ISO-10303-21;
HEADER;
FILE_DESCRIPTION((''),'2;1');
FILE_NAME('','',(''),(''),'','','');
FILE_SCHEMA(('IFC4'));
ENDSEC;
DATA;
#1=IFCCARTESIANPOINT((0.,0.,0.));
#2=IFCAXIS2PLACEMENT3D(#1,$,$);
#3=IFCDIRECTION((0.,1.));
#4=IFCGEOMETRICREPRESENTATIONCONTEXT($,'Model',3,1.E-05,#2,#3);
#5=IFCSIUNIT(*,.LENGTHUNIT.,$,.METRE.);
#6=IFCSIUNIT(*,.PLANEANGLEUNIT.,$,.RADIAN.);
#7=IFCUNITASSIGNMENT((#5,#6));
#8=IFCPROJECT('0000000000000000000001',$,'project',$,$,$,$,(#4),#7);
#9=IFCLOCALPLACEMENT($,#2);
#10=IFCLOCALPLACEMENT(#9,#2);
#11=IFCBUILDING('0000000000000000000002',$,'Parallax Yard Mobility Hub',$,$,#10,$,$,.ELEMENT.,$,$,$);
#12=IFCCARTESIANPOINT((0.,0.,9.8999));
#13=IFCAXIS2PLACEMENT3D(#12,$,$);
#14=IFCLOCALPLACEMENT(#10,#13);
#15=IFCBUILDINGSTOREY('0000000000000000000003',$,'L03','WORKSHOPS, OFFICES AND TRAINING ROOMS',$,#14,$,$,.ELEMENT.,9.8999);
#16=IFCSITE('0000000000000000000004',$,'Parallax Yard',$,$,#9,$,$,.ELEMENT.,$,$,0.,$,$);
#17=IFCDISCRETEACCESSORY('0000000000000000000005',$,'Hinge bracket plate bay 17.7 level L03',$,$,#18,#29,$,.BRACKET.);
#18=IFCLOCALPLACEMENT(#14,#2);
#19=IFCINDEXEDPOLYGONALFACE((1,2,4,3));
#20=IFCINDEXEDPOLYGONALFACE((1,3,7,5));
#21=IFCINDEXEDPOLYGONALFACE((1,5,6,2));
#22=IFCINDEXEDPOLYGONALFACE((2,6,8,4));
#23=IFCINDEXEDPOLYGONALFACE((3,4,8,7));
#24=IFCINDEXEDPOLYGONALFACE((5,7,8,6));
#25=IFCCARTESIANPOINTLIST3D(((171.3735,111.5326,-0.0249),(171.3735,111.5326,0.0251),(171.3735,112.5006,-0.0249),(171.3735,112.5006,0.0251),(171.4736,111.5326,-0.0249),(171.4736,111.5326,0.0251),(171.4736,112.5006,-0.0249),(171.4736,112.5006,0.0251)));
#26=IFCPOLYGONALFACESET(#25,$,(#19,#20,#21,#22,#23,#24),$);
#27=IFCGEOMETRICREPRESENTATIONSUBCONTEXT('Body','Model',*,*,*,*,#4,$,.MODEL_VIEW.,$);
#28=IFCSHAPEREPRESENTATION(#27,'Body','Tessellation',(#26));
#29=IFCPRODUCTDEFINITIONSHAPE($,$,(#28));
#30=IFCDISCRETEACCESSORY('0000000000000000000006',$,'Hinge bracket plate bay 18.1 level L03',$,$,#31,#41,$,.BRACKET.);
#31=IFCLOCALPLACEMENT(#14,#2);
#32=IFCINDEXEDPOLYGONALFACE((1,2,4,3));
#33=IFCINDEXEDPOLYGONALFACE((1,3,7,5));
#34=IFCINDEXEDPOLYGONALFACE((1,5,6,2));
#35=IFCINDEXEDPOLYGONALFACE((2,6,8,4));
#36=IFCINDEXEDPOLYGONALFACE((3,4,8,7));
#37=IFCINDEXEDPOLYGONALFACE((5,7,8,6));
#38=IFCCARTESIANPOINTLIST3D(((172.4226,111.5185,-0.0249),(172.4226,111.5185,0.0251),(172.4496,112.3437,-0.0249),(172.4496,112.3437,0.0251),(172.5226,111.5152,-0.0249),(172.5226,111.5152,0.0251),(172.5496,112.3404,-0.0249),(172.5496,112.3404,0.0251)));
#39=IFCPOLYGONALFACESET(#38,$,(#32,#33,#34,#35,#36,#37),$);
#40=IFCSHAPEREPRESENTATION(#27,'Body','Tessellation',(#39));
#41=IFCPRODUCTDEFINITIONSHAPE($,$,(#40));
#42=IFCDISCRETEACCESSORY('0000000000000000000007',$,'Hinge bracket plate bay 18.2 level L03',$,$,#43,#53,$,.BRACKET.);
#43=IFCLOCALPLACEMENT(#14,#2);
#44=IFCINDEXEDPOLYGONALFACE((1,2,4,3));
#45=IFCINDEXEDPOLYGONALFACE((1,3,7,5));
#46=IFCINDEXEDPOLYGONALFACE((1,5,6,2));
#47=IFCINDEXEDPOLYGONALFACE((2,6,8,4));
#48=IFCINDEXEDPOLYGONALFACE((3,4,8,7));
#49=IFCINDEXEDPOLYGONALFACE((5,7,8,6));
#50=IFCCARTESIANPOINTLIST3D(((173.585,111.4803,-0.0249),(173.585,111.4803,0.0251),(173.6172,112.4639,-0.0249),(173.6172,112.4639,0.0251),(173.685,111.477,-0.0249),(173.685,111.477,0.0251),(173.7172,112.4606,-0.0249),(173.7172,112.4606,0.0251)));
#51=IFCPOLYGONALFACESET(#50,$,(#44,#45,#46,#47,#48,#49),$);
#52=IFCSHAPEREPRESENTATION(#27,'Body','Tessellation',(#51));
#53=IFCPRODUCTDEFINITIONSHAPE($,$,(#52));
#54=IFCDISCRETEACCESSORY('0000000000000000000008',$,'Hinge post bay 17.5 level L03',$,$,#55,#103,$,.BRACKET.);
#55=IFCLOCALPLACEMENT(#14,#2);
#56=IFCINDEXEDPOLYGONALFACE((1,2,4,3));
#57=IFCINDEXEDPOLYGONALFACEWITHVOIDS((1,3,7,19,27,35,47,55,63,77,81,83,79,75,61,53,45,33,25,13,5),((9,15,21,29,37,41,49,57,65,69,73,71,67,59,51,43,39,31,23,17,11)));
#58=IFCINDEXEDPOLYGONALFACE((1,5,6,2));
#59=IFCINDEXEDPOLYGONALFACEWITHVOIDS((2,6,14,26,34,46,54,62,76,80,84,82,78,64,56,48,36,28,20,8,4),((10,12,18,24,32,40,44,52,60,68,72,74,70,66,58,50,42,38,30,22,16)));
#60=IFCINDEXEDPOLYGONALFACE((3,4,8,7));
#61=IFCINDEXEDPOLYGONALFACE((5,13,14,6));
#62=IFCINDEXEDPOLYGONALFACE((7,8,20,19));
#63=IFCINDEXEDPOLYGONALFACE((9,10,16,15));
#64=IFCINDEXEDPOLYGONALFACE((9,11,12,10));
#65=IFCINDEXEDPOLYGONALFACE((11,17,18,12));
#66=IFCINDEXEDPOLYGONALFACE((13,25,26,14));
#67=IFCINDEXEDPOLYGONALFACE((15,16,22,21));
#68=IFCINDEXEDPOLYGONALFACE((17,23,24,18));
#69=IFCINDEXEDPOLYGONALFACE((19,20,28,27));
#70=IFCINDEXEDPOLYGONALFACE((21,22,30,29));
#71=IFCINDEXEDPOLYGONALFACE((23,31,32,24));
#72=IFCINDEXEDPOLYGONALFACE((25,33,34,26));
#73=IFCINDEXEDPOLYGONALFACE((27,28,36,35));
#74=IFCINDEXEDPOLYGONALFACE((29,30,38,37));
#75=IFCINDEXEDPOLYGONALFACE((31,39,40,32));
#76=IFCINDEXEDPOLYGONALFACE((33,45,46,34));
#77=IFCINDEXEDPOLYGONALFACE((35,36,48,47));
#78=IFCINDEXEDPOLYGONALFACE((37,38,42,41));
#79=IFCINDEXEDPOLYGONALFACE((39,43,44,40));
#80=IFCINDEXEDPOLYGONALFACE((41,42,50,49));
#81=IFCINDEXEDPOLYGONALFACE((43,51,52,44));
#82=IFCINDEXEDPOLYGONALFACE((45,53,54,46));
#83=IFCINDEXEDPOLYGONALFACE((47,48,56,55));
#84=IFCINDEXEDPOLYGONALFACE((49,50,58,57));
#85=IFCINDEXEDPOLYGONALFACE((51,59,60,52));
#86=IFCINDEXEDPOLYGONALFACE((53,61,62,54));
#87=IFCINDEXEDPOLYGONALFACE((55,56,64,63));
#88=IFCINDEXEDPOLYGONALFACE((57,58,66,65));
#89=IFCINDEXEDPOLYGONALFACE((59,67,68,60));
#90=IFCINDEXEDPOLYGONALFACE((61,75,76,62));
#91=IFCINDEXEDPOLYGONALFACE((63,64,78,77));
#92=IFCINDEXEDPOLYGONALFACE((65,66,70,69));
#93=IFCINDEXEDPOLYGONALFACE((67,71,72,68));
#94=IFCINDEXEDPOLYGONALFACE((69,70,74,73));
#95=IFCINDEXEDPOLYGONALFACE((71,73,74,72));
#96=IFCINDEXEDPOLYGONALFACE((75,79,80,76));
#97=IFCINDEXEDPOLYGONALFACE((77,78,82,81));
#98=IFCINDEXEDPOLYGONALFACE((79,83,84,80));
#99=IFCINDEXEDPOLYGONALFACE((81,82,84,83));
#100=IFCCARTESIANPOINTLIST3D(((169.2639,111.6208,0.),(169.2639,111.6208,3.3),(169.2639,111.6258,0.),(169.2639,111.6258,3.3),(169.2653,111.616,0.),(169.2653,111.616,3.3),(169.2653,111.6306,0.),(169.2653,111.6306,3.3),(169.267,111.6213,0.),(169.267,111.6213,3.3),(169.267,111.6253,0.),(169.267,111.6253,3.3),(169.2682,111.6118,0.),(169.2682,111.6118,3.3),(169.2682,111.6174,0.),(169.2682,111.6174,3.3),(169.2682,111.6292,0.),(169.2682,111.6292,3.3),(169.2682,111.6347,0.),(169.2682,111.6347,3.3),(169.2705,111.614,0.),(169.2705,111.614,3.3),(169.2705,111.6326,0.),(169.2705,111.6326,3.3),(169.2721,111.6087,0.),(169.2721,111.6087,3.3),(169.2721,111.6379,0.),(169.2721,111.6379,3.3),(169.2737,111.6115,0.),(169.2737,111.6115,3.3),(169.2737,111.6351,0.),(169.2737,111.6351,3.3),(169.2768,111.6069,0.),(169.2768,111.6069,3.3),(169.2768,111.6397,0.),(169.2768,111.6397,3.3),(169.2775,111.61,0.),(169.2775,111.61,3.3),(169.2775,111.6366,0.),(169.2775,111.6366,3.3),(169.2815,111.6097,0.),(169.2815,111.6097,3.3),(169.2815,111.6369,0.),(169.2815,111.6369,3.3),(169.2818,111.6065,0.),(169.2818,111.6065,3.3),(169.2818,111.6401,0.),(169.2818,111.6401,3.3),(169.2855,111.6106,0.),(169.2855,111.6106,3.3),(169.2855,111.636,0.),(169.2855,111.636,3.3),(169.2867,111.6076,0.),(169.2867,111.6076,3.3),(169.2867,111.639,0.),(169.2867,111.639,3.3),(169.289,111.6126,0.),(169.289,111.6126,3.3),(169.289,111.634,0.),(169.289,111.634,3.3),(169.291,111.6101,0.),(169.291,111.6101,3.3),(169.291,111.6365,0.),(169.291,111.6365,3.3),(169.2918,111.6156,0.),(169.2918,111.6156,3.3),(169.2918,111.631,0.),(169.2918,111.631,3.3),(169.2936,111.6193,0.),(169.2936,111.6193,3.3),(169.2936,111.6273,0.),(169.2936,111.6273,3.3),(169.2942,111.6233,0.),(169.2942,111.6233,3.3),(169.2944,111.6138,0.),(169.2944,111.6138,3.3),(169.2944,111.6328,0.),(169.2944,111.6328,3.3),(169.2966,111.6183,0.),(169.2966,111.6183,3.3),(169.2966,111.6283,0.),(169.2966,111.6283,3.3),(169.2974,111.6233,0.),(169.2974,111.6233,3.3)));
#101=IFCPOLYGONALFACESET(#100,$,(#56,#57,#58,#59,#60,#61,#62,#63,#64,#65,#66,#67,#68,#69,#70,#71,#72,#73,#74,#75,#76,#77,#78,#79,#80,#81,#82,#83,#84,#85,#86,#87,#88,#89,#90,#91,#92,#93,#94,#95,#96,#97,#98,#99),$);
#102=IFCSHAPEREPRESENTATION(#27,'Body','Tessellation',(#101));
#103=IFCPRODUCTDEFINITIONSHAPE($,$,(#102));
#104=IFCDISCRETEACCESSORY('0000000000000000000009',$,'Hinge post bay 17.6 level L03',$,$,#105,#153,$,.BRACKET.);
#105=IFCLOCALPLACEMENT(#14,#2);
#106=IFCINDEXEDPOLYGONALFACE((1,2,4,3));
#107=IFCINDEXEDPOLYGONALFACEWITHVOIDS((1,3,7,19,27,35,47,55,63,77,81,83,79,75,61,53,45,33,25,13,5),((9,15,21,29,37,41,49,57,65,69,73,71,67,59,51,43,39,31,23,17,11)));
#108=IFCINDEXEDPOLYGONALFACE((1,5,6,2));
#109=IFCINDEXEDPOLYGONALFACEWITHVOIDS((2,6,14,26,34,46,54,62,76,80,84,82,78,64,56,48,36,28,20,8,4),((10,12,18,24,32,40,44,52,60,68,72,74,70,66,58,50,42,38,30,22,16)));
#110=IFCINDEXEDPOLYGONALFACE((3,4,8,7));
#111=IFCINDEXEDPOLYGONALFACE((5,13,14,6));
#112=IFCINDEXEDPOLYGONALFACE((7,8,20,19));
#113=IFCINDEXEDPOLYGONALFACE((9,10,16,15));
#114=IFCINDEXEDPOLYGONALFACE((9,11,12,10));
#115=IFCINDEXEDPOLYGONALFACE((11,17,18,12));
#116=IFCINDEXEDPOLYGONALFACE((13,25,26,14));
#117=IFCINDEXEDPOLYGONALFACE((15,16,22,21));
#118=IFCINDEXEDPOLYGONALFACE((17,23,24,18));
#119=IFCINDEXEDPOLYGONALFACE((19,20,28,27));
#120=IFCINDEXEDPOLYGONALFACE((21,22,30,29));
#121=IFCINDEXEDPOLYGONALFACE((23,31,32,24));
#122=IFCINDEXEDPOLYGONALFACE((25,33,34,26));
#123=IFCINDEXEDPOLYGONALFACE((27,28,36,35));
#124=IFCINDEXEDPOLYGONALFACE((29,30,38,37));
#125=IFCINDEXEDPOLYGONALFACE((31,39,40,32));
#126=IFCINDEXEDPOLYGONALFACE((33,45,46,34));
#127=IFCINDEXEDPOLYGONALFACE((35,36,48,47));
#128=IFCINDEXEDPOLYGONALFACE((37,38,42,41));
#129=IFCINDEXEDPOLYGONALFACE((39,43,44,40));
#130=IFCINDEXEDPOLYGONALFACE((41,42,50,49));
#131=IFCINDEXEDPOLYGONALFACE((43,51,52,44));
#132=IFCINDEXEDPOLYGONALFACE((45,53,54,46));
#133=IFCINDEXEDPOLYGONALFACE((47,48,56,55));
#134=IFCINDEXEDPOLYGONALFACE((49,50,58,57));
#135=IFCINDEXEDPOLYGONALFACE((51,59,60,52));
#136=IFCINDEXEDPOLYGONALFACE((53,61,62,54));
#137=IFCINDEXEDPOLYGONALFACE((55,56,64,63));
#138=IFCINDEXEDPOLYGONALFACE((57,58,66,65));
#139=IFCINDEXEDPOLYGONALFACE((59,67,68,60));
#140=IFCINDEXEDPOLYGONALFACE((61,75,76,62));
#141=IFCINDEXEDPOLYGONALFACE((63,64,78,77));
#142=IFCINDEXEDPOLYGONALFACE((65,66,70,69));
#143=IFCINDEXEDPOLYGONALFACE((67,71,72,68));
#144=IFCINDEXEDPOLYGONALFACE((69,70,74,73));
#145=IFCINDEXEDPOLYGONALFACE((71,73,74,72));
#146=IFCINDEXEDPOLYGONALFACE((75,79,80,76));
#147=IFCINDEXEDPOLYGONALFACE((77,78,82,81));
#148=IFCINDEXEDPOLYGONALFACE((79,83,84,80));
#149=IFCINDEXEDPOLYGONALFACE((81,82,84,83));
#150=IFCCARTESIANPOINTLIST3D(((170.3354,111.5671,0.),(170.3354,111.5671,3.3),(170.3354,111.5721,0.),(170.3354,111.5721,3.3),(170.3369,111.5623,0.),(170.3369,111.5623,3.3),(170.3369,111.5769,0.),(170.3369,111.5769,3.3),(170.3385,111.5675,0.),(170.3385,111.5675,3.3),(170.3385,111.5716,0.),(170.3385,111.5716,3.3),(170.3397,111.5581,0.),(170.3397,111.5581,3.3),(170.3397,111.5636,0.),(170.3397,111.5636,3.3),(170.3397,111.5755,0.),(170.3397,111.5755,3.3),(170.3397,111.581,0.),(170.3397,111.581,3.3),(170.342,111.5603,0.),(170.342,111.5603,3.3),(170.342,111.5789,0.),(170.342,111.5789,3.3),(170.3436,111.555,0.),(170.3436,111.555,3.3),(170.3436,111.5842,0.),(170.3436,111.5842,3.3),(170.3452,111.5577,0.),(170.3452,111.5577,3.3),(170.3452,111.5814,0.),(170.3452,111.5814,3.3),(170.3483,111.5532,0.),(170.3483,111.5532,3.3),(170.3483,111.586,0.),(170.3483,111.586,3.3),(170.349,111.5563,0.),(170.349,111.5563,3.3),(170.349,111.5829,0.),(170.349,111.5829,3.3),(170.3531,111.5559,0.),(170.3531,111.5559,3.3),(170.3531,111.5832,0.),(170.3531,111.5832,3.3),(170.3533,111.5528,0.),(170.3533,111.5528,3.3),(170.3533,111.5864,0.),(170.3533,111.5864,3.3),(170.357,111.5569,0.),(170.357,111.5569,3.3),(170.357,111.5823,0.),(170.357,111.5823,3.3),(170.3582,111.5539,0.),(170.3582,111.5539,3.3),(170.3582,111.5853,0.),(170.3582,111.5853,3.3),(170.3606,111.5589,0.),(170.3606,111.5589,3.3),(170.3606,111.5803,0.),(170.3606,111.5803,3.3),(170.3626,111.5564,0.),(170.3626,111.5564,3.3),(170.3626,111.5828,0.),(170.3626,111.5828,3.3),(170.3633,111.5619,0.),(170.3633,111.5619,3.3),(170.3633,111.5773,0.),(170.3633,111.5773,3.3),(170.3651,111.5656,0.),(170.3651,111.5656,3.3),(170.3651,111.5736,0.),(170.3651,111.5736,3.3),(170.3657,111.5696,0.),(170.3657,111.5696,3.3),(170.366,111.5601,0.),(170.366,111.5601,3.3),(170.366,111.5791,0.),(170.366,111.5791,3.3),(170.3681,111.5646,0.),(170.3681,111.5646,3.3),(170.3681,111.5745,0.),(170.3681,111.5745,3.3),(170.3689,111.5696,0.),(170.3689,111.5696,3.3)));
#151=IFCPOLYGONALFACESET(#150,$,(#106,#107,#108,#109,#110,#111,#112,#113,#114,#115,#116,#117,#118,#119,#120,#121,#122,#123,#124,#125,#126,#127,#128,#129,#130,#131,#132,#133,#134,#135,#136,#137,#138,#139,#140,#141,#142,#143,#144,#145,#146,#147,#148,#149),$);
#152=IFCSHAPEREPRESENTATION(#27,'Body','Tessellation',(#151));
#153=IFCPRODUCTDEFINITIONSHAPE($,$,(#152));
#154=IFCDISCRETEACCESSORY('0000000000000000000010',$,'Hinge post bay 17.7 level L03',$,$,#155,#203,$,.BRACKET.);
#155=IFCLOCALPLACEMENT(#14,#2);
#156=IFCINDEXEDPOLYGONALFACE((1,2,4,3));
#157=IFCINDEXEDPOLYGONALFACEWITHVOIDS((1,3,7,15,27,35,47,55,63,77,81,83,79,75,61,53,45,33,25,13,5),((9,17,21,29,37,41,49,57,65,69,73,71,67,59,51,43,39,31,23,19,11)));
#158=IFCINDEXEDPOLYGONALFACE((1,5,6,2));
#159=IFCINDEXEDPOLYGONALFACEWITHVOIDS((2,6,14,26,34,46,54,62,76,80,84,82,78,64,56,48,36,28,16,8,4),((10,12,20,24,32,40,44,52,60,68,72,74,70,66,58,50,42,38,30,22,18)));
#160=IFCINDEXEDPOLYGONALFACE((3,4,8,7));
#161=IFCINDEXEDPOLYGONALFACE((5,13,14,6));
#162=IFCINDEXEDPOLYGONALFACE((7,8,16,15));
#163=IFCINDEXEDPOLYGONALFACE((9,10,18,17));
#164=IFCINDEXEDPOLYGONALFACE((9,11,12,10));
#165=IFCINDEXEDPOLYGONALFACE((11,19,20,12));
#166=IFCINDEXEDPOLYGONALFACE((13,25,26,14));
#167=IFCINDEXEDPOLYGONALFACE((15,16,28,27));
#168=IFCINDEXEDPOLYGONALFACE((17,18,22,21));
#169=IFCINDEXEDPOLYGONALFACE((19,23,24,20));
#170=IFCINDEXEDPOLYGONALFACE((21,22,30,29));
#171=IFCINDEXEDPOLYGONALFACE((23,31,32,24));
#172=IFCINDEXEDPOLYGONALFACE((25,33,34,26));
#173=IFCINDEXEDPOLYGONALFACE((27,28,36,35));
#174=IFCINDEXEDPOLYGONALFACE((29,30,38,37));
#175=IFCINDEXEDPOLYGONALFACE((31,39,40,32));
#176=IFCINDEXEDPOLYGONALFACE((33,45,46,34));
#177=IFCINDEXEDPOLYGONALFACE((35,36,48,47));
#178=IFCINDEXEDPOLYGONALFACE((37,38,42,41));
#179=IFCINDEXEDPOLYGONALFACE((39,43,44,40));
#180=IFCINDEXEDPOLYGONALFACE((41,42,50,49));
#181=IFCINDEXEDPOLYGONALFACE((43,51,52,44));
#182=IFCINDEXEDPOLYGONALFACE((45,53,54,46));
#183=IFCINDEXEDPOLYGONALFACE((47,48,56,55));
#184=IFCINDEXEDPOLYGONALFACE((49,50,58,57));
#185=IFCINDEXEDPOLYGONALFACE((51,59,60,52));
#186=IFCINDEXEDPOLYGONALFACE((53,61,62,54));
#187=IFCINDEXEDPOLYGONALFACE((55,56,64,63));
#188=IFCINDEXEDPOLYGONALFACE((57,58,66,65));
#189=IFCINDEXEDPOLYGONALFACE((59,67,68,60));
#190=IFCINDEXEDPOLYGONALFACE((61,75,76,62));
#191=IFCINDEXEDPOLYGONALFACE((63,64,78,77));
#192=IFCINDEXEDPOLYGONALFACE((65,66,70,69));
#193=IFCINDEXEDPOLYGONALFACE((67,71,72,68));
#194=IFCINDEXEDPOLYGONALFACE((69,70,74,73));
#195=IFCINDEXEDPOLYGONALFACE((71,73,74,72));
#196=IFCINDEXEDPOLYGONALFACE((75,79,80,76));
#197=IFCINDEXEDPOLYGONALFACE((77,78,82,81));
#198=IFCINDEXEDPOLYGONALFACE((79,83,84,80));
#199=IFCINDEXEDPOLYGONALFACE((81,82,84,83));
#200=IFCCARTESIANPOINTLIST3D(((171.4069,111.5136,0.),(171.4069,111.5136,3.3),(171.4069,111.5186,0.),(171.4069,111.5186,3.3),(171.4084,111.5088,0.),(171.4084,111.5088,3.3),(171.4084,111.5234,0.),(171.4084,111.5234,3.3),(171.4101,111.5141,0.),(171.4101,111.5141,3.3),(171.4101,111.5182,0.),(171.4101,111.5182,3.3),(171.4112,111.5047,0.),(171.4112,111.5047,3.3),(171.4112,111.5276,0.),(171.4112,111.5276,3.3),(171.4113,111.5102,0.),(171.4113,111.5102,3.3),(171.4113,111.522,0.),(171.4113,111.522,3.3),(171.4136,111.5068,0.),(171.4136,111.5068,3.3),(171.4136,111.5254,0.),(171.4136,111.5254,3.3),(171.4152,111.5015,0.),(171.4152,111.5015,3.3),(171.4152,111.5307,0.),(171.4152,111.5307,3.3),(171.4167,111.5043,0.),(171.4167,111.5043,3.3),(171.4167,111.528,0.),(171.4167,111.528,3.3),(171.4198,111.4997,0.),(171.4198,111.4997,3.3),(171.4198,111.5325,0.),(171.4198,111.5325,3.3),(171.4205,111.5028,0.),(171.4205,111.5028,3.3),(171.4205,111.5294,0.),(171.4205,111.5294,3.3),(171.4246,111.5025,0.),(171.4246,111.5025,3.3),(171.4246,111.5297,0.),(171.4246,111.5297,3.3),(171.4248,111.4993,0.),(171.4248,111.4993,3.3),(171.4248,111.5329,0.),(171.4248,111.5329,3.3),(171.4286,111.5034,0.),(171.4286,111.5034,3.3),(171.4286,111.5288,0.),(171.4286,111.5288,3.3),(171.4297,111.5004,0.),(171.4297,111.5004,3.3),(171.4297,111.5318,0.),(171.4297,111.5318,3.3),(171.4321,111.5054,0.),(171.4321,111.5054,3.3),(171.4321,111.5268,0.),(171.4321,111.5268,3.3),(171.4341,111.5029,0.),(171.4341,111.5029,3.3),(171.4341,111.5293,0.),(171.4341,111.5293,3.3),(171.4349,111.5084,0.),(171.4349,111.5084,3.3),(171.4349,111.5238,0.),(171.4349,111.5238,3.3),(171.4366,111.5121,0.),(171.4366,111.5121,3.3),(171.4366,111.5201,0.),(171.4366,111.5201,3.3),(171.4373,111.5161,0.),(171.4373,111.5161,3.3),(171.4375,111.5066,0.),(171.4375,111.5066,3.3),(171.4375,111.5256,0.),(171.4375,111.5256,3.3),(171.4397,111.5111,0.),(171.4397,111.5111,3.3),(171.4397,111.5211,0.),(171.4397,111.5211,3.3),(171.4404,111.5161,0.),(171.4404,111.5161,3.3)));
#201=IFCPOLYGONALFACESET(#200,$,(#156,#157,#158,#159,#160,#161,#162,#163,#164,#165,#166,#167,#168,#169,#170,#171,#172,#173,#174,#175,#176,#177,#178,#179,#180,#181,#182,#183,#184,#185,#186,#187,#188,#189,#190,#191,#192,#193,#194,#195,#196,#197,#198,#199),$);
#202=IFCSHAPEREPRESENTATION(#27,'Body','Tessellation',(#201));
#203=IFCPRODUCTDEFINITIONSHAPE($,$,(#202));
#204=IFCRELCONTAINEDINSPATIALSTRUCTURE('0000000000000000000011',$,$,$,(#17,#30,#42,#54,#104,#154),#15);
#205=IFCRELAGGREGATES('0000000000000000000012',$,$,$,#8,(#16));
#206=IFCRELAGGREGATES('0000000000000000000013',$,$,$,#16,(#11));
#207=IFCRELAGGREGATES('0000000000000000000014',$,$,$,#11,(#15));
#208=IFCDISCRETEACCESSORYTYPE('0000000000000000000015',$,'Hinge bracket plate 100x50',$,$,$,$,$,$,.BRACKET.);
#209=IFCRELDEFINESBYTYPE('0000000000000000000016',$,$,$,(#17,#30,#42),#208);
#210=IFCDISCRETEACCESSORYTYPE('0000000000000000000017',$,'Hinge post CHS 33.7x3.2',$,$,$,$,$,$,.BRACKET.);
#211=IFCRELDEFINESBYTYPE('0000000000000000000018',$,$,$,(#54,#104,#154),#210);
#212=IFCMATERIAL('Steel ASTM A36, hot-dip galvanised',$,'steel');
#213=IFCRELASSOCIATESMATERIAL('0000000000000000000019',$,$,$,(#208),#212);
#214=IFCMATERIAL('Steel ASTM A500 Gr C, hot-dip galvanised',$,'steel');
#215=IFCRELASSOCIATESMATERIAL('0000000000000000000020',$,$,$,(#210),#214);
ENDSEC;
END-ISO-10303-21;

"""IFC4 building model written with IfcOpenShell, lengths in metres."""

from ifc_helpers import new_model, si_unit, direction, frame, origin, origin_2d, place, context, subcontext, project, spatial, rectangle, hollow_circle, extrude, material, material_profile, profile_set, type_object, element, save


model = new_model("IFC4")

# Units and contexts
model_context = context("Model", 3, precision=1e-05, world=origin(), true_north=direction((0.0, 1.0)))
body_context = subcontext(model_context, "Body", "Model", "MODEL_VIEW")
ifc_project = project(units=[si_unit("LENGTHUNIT", "METRE"), si_unit("PLANEANGLEUNIT", "RADIAN")], contexts=[model_context])

# Site, building, storey
site_placement = place(None, origin())
site = spatial("IfcSite", under=ifc_project, at=site_placement, Name="Parallax Yard", CompositionType="ELEMENT", RefElevation=0.0)
building_placement = place(site_placement, origin())
building = spatial("IfcBuilding", under=site, at=building_placement, Name="Parallax Yard Mobility Hub", CompositionType="ELEMENT")
storey_placement = place(building_placement, frame((0.0, 0.0, 9.8999)))
storey = spatial("IfcBuildingStorey", under=building, at=storey_placement, Name="L03", Description="WORKSHOPS, OFFICES AND TRAINING ROOMS", CompositionType="ELEMENT", Elevation=9.8999)

# Discrete accessories
ifc_material_1 = material(Name="Steel ASTM A36, hot-dip galvanised", Category="steel")
discrete_accessory_type_1 = type_object("IfcDiscreteAccessoryType", Name="Hinge bracket plate 100x50", PredefinedType="BRACKET", material=ifc_material_1)
discrete_accessory_1_placement = place(storey_placement, frame((171.4236, 112.0166, -0.0249), z_axis=(0.0, 0.0, 1.0), x_axis=(0.0, -1.0, 0.0)))
element("IfcDiscreteAccessory", 1, at=discrete_accessory_1_placement, inside=storey, type_object=discrete_accessory_type_1, Name="Hinge bracket plate bay 17.7 level L03", PredefinedType="BRACKET", context=body_context, shape_type="SweptSolid", body=[
    extrude(rectangle(XDim=0.968, YDim=0.1001, at=origin_2d()), origin(), (0.0, 0.0, 1.0), 0.05),
])
discrete_accessory_2_placement = place(storey_placement, frame((172.4861, 111.9294, -0.0249), z_axis=(0.0, 0.0, 1.0), x_axis=(-0.032719, -0.999465, 0.0)))
element("IfcDiscreteAccessory", 2, at=discrete_accessory_2_placement, inside=storey, type_object=discrete_accessory_type_1, Name="Hinge bracket plate bay 18.1 level L03", PredefinedType="BRACKET", context=body_context, shape_type="SweptSolid", body=[
    extrude(rectangle(XDim=0.8257, YDim=0.1001, at=origin_2d()), origin(), (0.0, 0.0, 1.0), 0.05),
])
discrete_accessory_3_placement = place(storey_placement, frame((173.6511, 111.9705, -0.0249), z_axis=(0.0, 0.0, 1.0), x_axis=(-0.032719, -0.999465, 0.0)))
element("IfcDiscreteAccessory", 3, at=discrete_accessory_3_placement, inside=storey, type_object=discrete_accessory_type_1, Name="Hinge bracket plate bay 18.2 level L03", PredefinedType="BRACKET", context=body_context, shape_type="SweptSolid", body=[
    extrude(rectangle(XDim=0.9841, YDim=0.1001, at=origin_2d()), origin(), (0.0, 0.0, 1.0), 0.05),
])
ifc_material_2 = material(Name="Steel ASTM A500 Gr C, hot-dip galvanised", Category="steel")
ifc_material_profile_1 = material_profile(ifc_material_2, hollow_circle(Radius=0.0168, WallThickness=0.0032, at=origin_2d()), Name="CHS 33.7x3.2")
ifc_profile_set_1 = profile_set([ifc_material_profile_1], Name="Steel ASTM A500 Gr C, hot-dip galvanised")
discrete_accessory_type_2 = type_object("IfcDiscreteAccessoryType", Name="Hinge post CHS 33.7x3.2", PredefinedType="BRACKET", material=ifc_profile_set_1)
for number, where, z_axis, x_axis, name in (
    (4, (169.2805, 111.6233, 0.0), (0.0, 0.0, 1.0), (1.0, 0.0, 0.0), "Hinge post bay 17.5 level L03"),
    (5, (170.3521, 111.5696, 0.0), (0.0, 0.0, 1.0), (1.0, 0.0, 0.0), "Hinge post bay 17.6 level L03"),
    (6, (171.4236, 111.5161, 0.0), (0.0, 0.0, 1.0), (1.0, 0.0, 0.0), "Hinge post bay 17.7 level L03"),
):
    element("IfcDiscreteAccessory", number, at=place(storey_placement, frame(where, z_axis=z_axis, x_axis=x_axis)), inside=storey, type_object=discrete_accessory_type_2, Name=name, PredefinedType="BRACKET", context=body_context, shape_type="SweptSolid", body=[
        extrude(hollow_circle(Radius=0.0168, WallThickness=0.0032, at=origin_2d()), origin(), (0.0, 0.0, 1.0), 3.3),
    ])

save(model, "model.ifc")
